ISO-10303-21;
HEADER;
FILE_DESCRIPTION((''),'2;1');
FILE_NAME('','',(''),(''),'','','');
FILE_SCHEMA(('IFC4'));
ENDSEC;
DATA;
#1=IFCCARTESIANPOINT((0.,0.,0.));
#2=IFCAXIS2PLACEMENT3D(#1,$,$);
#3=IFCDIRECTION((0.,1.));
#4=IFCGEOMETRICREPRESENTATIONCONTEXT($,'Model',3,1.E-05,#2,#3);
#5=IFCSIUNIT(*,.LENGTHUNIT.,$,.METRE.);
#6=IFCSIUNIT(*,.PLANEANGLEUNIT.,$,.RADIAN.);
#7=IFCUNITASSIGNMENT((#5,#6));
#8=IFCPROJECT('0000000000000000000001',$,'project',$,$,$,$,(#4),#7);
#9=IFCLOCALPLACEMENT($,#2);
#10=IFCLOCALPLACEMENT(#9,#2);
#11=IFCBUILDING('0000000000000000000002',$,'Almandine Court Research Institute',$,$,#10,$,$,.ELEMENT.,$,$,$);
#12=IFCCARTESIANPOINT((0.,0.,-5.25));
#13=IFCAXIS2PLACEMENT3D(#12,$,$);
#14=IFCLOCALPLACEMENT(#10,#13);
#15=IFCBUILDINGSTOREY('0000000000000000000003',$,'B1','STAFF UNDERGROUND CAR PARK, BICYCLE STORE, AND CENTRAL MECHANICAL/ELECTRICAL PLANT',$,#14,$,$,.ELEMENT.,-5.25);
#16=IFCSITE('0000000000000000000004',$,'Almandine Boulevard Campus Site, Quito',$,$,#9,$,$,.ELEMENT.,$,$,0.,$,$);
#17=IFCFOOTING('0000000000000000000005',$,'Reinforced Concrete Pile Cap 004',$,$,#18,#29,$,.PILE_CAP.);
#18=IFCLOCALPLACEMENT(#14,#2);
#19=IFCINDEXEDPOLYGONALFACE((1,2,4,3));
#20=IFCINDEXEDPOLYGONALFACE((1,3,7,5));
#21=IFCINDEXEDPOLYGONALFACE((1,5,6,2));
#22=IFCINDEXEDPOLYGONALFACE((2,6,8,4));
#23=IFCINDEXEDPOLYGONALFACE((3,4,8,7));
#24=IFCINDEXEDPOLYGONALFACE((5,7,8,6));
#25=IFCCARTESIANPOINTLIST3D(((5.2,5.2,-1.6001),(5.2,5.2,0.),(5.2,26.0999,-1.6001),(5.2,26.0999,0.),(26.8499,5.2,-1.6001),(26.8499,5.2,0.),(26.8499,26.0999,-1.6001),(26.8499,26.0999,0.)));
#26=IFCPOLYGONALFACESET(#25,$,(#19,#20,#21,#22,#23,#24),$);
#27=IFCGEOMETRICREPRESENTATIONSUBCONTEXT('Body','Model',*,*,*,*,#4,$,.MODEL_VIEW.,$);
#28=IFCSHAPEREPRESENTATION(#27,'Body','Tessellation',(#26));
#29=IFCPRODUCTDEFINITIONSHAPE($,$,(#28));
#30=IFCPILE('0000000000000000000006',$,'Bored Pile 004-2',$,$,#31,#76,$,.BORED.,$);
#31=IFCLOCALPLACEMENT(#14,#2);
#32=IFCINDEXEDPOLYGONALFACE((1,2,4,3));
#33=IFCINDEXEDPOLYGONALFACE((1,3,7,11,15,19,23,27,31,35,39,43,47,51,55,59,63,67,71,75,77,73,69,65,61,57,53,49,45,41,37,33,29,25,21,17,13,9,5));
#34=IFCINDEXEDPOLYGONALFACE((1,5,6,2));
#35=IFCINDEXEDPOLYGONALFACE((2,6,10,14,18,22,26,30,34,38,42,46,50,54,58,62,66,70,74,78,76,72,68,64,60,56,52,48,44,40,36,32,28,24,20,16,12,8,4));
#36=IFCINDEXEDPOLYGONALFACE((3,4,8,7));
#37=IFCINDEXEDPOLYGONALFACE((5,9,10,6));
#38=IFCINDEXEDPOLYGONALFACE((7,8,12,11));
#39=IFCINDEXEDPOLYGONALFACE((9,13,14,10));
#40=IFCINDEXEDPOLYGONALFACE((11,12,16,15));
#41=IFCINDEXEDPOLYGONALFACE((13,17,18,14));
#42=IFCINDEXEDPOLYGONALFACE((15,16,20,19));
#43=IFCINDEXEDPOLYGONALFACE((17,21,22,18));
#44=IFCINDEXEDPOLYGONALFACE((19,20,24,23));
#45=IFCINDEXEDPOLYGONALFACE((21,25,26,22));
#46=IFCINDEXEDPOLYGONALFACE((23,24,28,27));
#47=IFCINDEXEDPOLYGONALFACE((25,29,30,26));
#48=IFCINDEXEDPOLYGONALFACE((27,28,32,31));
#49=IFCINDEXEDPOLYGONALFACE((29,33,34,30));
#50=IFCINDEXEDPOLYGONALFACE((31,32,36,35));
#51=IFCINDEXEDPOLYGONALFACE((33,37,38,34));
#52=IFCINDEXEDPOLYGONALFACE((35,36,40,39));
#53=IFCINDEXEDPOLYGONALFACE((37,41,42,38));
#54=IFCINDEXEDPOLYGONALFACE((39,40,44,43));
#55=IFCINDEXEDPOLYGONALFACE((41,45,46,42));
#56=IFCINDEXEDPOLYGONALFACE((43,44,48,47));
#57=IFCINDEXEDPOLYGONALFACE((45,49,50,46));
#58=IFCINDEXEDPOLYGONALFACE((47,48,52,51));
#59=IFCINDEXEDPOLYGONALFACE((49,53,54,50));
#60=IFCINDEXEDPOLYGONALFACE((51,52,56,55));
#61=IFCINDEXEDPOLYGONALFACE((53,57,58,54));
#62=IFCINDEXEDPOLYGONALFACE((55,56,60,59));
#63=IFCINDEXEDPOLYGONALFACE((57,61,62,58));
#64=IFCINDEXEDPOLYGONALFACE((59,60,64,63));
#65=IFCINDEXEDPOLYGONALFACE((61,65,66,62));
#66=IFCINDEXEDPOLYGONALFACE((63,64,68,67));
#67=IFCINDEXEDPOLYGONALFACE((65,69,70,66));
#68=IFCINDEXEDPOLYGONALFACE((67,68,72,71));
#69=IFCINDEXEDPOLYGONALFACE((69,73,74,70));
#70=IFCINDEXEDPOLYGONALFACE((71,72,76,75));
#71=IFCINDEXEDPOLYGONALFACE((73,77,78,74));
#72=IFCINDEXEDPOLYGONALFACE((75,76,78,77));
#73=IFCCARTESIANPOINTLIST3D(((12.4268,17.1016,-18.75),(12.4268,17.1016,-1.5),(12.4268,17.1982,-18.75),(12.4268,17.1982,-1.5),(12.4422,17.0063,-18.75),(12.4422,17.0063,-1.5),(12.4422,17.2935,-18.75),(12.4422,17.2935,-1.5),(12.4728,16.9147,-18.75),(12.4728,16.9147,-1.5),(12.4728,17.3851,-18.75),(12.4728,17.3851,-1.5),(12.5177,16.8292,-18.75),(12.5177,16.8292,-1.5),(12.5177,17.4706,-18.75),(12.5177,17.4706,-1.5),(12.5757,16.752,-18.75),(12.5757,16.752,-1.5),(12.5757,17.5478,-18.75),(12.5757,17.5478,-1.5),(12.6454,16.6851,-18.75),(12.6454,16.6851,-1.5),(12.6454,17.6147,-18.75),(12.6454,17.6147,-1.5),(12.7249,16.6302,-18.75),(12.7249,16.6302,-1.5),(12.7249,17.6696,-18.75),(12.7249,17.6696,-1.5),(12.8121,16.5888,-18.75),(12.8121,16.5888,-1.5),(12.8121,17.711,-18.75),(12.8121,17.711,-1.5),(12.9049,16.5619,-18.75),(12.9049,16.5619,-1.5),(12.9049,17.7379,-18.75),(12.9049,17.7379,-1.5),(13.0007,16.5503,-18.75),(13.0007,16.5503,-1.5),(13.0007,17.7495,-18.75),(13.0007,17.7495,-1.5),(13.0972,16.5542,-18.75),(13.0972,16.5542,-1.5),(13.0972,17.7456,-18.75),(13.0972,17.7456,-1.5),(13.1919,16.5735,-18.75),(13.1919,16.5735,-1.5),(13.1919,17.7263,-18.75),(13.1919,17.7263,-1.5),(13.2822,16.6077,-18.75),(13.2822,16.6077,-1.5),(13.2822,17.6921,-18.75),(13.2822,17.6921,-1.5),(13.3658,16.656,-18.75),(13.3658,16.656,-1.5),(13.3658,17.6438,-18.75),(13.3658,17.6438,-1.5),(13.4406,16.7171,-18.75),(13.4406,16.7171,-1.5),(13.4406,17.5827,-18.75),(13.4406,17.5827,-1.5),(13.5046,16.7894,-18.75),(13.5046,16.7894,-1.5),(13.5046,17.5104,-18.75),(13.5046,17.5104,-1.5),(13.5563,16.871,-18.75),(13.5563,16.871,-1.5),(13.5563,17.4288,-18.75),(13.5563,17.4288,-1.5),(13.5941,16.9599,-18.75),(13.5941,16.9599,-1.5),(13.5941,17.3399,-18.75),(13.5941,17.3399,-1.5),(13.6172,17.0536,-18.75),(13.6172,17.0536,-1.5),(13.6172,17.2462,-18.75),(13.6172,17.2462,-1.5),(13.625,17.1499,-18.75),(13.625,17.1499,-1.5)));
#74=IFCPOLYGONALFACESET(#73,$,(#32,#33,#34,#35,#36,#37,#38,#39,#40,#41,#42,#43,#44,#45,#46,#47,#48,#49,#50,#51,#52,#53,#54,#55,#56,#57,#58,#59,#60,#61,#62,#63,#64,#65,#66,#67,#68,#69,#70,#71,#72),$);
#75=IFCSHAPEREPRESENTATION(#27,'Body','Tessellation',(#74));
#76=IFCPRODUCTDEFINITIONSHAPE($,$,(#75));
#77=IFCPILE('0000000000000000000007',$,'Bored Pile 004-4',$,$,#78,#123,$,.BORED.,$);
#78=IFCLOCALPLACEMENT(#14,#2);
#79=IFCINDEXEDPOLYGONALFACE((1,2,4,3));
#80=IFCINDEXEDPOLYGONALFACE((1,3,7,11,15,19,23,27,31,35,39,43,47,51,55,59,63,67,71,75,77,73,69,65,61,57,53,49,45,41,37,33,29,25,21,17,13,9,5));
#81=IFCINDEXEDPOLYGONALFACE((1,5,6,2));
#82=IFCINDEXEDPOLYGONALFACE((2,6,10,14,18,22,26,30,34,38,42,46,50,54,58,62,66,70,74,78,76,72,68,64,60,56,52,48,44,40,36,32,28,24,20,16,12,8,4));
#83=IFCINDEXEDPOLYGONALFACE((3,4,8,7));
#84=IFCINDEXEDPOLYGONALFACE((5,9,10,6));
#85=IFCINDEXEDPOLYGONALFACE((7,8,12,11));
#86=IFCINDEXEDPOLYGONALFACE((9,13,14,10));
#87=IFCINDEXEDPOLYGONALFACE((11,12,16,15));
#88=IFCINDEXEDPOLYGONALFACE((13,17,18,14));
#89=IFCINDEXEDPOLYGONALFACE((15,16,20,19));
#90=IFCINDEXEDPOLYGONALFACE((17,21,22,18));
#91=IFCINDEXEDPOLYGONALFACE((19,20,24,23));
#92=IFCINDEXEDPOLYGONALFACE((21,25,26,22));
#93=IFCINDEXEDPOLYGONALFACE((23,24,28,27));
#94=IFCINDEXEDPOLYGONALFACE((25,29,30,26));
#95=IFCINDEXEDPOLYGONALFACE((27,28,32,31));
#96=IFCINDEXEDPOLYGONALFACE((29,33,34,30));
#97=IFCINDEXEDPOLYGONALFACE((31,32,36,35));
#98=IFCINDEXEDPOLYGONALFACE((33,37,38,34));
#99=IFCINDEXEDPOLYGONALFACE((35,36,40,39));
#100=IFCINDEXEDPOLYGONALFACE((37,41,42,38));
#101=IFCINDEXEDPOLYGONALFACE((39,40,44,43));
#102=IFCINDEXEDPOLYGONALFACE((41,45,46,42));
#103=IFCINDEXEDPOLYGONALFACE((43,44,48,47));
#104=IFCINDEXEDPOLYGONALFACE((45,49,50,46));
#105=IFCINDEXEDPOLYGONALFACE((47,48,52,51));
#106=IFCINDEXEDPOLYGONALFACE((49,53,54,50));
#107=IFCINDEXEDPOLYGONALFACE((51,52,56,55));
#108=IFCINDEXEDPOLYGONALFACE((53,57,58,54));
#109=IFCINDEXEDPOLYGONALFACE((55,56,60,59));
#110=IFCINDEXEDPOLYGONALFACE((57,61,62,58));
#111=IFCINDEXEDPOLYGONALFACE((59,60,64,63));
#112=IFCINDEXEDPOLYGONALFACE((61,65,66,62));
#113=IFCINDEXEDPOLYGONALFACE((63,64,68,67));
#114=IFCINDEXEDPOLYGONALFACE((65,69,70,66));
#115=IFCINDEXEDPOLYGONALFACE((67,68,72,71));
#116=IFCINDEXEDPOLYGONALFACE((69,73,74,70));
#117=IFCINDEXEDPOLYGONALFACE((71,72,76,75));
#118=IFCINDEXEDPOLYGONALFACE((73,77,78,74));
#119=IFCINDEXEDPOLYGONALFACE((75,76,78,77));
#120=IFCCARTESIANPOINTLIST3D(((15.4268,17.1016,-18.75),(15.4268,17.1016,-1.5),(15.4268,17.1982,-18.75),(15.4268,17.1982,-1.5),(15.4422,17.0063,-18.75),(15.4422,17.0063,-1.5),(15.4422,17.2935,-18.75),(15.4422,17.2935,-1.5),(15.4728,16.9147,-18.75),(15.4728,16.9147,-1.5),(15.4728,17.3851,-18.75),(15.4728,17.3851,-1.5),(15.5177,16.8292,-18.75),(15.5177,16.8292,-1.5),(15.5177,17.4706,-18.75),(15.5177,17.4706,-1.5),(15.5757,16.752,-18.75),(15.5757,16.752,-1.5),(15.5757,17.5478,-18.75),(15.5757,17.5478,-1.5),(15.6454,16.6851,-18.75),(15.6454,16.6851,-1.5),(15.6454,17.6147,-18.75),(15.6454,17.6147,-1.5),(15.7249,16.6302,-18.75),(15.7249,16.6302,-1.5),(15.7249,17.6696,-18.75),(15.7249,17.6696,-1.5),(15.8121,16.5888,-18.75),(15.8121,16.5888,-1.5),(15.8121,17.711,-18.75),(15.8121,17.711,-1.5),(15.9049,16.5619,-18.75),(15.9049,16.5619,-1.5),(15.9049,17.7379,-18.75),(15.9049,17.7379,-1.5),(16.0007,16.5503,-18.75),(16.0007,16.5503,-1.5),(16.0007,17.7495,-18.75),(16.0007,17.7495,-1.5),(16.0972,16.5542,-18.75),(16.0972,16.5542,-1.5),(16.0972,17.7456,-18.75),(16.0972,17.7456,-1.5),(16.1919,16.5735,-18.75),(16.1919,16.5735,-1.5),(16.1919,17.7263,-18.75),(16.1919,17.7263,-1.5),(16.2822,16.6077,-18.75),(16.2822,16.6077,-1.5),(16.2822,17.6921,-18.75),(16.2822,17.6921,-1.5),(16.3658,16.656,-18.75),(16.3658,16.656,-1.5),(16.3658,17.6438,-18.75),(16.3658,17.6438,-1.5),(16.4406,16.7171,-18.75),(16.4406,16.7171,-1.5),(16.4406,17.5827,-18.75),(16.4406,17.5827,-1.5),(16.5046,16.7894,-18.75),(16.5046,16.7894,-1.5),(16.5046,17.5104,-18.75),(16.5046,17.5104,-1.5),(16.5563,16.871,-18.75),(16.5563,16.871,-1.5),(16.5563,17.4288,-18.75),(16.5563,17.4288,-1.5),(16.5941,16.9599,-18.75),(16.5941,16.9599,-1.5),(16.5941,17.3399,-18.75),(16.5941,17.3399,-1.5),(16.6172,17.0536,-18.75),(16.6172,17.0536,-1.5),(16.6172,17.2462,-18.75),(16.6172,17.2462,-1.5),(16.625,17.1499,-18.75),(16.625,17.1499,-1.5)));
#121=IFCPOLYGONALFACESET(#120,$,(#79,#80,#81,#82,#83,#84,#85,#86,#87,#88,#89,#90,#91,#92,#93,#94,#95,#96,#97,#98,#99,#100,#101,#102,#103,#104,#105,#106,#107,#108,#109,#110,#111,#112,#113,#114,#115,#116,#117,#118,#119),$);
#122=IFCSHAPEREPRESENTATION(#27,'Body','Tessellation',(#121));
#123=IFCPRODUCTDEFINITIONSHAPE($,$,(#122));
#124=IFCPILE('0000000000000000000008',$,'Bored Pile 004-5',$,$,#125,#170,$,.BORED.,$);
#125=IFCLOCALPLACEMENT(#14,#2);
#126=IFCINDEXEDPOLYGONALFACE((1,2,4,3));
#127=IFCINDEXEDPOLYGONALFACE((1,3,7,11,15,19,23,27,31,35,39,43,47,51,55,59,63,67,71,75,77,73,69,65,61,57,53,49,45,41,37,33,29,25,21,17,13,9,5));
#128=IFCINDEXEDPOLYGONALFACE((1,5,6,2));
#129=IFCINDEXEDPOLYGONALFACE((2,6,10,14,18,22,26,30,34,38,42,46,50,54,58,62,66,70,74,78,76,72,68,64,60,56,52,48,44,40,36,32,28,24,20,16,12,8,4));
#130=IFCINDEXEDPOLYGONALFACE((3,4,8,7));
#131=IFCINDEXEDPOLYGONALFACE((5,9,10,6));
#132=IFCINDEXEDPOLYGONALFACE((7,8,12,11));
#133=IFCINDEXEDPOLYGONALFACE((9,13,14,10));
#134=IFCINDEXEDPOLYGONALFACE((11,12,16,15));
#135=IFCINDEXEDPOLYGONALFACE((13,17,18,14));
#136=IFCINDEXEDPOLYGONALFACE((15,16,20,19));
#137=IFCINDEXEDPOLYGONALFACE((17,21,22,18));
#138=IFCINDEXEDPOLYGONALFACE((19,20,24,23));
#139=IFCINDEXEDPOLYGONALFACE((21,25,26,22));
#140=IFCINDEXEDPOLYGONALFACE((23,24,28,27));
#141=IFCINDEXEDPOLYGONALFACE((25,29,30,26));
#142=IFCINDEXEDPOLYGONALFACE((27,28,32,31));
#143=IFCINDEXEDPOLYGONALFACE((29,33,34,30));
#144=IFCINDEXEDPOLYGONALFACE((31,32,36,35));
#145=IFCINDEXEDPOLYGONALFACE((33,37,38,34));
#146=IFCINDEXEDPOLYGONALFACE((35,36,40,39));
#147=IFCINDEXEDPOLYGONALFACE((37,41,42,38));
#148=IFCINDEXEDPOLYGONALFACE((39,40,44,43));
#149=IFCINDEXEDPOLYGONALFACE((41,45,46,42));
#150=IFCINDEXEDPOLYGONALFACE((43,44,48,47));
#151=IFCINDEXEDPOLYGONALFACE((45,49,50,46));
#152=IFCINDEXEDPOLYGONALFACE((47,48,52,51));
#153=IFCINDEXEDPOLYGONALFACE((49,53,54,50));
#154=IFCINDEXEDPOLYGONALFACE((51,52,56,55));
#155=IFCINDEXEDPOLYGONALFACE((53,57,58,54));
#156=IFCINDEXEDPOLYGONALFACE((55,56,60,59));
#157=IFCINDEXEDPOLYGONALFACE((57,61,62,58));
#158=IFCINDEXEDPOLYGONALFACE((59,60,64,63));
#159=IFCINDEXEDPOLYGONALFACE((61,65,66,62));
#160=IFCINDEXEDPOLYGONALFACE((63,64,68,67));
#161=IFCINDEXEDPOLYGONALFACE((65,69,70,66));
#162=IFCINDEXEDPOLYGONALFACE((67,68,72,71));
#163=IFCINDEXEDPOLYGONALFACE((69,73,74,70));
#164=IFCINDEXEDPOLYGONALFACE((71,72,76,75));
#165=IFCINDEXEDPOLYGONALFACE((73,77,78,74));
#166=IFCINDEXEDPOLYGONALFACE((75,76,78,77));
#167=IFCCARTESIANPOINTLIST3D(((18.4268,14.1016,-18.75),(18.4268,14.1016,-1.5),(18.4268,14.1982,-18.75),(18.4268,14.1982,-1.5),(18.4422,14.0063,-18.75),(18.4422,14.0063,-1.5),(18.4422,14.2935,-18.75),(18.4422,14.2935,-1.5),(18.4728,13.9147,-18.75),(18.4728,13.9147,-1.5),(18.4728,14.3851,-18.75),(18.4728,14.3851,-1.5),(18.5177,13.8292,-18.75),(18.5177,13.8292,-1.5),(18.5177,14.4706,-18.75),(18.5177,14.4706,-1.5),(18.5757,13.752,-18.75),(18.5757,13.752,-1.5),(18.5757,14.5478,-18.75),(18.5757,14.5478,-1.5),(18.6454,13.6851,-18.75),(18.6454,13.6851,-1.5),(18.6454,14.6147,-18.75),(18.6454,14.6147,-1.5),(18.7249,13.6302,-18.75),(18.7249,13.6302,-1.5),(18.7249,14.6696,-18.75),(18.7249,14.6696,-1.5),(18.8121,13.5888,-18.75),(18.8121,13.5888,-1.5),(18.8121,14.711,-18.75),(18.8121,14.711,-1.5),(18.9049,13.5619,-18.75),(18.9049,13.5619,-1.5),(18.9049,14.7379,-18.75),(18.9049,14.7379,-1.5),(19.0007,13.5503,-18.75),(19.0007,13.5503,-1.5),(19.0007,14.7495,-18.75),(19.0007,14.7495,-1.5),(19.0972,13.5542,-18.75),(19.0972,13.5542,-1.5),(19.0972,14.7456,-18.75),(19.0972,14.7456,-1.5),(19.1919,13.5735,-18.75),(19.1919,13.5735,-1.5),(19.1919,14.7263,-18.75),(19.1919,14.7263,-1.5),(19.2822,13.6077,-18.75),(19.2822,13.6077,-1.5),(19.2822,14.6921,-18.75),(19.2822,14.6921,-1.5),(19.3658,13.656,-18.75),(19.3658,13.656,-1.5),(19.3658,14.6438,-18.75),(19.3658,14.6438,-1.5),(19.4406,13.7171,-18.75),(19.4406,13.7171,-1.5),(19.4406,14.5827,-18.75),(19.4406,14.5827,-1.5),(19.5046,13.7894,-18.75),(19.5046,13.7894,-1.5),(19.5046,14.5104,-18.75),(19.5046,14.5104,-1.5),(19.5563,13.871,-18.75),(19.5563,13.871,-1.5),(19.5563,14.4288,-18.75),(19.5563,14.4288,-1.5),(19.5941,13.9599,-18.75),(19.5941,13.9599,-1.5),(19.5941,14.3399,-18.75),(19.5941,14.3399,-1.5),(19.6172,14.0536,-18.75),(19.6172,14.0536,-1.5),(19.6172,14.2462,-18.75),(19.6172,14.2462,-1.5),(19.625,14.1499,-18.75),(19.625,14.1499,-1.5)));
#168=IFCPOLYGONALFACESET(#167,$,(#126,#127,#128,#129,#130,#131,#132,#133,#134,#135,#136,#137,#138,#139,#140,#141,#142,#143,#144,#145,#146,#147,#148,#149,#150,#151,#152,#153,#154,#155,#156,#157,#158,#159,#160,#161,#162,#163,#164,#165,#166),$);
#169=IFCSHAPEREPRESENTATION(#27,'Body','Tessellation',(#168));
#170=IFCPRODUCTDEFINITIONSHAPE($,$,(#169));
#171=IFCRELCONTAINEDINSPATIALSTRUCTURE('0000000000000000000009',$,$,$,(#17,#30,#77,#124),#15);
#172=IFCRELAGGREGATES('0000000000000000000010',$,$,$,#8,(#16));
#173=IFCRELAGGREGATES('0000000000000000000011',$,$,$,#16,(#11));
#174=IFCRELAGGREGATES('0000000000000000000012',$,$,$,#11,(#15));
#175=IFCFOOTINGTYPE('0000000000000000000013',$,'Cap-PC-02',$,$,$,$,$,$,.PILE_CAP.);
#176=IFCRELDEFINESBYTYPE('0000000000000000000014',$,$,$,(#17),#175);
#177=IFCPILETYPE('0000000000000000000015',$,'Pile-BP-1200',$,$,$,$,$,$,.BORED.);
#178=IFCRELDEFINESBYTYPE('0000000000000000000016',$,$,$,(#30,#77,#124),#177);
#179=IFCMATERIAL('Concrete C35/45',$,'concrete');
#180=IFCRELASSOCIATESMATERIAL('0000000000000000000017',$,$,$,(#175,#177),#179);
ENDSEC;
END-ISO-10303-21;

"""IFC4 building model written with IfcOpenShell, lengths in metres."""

from ifc_helpers import new_model, si_unit, direction, frame, origin, origin_2d, place, context, subcontext, project, spatial, rectangle, circle, extrude, material, material_profile, profile_set, type_object, element, save


model = new_model("IFC4")

# Units and contexts
model_context = context("Model", 3, precision=1e-05, world=origin(), true_north=direction((0.0, 1.0)))
body_context = subcontext(model_context, "Body", "Model", "MODEL_VIEW")
ifc_project = project(units=[si_unit("LENGTHUNIT", "METRE"), si_unit("PLANEANGLEUNIT", "RADIAN")], contexts=[model_context])

# Site, building, storey
site_placement = place(None, origin())
site = spatial("IfcSite", under=ifc_project, at=site_placement, Name="Almandine Boulevard Campus Site, Quito", CompositionType="ELEMENT", RefElevation=0.0)
building_placement = place(site_placement, origin())
building = spatial("IfcBuilding", under=site, at=building_placement, Name="Almandine Court Research Institute", CompositionType="ELEMENT")
storey_placement = place(building_placement, frame((0.0, 0.0, -5.25)))
storey = spatial("IfcBuildingStorey", under=building, at=storey_placement, Name="B1", Description="STAFF UNDERGROUND CAR PARK, BICYCLE STORE, AND CENTRAL MECHANICAL/ELECTRICAL PLANT", CompositionType="ELEMENT", Elevation=-5.25)

# Footing
ifc_material_1 = material(Name="Concrete C35/45", Category="concrete")
footing_type = type_object("IfcFootingType", Name="Cap-PC-02", PredefinedType="PILE_CAP", material=ifc_material_1)
footing_placement = place(storey_placement, frame((16.0249, 15.6499, -1.6001), z_axis=(0.0, 0.0, 1.0), x_axis=(1.0, 0.0, 0.0)))
element("IfcFooting", 1, at=footing_placement, inside=storey, type_object=footing_type, Name="Reinforced Concrete Pile Cap 004", PredefinedType="PILE_CAP", context=body_context, shape_type="SweptSolid", body=[
    extrude(rectangle(XDim=21.6499, YDim=20.8999, at=origin_2d()), origin(), (0.0, 0.0, 1.0), 1.6001),
])

# Piles
ifc_material_profile_1 = material_profile(ifc_material_1, circle(Radius=0.6001, at=origin_2d()), Name="BORED PILE D1200")
ifc_profile_set_1 = profile_set([ifc_material_profile_1], Name="Concrete C35/45")
pile_type = type_object("IfcPileType", Name="Pile-BP-1200", PredefinedType="BORED", material=ifc_profile_set_1)
for number, where, z_axis, x_axis, name in (
    (2, (13.0249, 17.1499, -1.5), (0.0, 0.0, -1.0), (1.0, 0.0, 0.0), "Bored Pile 004-2"),
    (3, (16.0249, 17.1499, -1.5), (0.0, 0.0, -1.0), (1.0, 0.0, 0.0), "Bored Pile 004-4"),
    (4, (19.0249, 14.1499, -1.5), (0.0, 0.0, -1.0), (1.0, 0.0, 0.0), "Bored Pile 004-5"),
):
    element("IfcPile", number, at=place(storey_placement, frame(where, z_axis=z_axis, x_axis=x_axis)), inside=storey, type_object=pile_type, Name=name, PredefinedType="BORED", context=body_context, shape_type="SweptSolid", body=[
        extrude(circle(Radius=0.6001, at=origin_2d()), origin(), (0.0, 0.0, 1.0), 17.25),
    ])

save(model, "model.ifc")
